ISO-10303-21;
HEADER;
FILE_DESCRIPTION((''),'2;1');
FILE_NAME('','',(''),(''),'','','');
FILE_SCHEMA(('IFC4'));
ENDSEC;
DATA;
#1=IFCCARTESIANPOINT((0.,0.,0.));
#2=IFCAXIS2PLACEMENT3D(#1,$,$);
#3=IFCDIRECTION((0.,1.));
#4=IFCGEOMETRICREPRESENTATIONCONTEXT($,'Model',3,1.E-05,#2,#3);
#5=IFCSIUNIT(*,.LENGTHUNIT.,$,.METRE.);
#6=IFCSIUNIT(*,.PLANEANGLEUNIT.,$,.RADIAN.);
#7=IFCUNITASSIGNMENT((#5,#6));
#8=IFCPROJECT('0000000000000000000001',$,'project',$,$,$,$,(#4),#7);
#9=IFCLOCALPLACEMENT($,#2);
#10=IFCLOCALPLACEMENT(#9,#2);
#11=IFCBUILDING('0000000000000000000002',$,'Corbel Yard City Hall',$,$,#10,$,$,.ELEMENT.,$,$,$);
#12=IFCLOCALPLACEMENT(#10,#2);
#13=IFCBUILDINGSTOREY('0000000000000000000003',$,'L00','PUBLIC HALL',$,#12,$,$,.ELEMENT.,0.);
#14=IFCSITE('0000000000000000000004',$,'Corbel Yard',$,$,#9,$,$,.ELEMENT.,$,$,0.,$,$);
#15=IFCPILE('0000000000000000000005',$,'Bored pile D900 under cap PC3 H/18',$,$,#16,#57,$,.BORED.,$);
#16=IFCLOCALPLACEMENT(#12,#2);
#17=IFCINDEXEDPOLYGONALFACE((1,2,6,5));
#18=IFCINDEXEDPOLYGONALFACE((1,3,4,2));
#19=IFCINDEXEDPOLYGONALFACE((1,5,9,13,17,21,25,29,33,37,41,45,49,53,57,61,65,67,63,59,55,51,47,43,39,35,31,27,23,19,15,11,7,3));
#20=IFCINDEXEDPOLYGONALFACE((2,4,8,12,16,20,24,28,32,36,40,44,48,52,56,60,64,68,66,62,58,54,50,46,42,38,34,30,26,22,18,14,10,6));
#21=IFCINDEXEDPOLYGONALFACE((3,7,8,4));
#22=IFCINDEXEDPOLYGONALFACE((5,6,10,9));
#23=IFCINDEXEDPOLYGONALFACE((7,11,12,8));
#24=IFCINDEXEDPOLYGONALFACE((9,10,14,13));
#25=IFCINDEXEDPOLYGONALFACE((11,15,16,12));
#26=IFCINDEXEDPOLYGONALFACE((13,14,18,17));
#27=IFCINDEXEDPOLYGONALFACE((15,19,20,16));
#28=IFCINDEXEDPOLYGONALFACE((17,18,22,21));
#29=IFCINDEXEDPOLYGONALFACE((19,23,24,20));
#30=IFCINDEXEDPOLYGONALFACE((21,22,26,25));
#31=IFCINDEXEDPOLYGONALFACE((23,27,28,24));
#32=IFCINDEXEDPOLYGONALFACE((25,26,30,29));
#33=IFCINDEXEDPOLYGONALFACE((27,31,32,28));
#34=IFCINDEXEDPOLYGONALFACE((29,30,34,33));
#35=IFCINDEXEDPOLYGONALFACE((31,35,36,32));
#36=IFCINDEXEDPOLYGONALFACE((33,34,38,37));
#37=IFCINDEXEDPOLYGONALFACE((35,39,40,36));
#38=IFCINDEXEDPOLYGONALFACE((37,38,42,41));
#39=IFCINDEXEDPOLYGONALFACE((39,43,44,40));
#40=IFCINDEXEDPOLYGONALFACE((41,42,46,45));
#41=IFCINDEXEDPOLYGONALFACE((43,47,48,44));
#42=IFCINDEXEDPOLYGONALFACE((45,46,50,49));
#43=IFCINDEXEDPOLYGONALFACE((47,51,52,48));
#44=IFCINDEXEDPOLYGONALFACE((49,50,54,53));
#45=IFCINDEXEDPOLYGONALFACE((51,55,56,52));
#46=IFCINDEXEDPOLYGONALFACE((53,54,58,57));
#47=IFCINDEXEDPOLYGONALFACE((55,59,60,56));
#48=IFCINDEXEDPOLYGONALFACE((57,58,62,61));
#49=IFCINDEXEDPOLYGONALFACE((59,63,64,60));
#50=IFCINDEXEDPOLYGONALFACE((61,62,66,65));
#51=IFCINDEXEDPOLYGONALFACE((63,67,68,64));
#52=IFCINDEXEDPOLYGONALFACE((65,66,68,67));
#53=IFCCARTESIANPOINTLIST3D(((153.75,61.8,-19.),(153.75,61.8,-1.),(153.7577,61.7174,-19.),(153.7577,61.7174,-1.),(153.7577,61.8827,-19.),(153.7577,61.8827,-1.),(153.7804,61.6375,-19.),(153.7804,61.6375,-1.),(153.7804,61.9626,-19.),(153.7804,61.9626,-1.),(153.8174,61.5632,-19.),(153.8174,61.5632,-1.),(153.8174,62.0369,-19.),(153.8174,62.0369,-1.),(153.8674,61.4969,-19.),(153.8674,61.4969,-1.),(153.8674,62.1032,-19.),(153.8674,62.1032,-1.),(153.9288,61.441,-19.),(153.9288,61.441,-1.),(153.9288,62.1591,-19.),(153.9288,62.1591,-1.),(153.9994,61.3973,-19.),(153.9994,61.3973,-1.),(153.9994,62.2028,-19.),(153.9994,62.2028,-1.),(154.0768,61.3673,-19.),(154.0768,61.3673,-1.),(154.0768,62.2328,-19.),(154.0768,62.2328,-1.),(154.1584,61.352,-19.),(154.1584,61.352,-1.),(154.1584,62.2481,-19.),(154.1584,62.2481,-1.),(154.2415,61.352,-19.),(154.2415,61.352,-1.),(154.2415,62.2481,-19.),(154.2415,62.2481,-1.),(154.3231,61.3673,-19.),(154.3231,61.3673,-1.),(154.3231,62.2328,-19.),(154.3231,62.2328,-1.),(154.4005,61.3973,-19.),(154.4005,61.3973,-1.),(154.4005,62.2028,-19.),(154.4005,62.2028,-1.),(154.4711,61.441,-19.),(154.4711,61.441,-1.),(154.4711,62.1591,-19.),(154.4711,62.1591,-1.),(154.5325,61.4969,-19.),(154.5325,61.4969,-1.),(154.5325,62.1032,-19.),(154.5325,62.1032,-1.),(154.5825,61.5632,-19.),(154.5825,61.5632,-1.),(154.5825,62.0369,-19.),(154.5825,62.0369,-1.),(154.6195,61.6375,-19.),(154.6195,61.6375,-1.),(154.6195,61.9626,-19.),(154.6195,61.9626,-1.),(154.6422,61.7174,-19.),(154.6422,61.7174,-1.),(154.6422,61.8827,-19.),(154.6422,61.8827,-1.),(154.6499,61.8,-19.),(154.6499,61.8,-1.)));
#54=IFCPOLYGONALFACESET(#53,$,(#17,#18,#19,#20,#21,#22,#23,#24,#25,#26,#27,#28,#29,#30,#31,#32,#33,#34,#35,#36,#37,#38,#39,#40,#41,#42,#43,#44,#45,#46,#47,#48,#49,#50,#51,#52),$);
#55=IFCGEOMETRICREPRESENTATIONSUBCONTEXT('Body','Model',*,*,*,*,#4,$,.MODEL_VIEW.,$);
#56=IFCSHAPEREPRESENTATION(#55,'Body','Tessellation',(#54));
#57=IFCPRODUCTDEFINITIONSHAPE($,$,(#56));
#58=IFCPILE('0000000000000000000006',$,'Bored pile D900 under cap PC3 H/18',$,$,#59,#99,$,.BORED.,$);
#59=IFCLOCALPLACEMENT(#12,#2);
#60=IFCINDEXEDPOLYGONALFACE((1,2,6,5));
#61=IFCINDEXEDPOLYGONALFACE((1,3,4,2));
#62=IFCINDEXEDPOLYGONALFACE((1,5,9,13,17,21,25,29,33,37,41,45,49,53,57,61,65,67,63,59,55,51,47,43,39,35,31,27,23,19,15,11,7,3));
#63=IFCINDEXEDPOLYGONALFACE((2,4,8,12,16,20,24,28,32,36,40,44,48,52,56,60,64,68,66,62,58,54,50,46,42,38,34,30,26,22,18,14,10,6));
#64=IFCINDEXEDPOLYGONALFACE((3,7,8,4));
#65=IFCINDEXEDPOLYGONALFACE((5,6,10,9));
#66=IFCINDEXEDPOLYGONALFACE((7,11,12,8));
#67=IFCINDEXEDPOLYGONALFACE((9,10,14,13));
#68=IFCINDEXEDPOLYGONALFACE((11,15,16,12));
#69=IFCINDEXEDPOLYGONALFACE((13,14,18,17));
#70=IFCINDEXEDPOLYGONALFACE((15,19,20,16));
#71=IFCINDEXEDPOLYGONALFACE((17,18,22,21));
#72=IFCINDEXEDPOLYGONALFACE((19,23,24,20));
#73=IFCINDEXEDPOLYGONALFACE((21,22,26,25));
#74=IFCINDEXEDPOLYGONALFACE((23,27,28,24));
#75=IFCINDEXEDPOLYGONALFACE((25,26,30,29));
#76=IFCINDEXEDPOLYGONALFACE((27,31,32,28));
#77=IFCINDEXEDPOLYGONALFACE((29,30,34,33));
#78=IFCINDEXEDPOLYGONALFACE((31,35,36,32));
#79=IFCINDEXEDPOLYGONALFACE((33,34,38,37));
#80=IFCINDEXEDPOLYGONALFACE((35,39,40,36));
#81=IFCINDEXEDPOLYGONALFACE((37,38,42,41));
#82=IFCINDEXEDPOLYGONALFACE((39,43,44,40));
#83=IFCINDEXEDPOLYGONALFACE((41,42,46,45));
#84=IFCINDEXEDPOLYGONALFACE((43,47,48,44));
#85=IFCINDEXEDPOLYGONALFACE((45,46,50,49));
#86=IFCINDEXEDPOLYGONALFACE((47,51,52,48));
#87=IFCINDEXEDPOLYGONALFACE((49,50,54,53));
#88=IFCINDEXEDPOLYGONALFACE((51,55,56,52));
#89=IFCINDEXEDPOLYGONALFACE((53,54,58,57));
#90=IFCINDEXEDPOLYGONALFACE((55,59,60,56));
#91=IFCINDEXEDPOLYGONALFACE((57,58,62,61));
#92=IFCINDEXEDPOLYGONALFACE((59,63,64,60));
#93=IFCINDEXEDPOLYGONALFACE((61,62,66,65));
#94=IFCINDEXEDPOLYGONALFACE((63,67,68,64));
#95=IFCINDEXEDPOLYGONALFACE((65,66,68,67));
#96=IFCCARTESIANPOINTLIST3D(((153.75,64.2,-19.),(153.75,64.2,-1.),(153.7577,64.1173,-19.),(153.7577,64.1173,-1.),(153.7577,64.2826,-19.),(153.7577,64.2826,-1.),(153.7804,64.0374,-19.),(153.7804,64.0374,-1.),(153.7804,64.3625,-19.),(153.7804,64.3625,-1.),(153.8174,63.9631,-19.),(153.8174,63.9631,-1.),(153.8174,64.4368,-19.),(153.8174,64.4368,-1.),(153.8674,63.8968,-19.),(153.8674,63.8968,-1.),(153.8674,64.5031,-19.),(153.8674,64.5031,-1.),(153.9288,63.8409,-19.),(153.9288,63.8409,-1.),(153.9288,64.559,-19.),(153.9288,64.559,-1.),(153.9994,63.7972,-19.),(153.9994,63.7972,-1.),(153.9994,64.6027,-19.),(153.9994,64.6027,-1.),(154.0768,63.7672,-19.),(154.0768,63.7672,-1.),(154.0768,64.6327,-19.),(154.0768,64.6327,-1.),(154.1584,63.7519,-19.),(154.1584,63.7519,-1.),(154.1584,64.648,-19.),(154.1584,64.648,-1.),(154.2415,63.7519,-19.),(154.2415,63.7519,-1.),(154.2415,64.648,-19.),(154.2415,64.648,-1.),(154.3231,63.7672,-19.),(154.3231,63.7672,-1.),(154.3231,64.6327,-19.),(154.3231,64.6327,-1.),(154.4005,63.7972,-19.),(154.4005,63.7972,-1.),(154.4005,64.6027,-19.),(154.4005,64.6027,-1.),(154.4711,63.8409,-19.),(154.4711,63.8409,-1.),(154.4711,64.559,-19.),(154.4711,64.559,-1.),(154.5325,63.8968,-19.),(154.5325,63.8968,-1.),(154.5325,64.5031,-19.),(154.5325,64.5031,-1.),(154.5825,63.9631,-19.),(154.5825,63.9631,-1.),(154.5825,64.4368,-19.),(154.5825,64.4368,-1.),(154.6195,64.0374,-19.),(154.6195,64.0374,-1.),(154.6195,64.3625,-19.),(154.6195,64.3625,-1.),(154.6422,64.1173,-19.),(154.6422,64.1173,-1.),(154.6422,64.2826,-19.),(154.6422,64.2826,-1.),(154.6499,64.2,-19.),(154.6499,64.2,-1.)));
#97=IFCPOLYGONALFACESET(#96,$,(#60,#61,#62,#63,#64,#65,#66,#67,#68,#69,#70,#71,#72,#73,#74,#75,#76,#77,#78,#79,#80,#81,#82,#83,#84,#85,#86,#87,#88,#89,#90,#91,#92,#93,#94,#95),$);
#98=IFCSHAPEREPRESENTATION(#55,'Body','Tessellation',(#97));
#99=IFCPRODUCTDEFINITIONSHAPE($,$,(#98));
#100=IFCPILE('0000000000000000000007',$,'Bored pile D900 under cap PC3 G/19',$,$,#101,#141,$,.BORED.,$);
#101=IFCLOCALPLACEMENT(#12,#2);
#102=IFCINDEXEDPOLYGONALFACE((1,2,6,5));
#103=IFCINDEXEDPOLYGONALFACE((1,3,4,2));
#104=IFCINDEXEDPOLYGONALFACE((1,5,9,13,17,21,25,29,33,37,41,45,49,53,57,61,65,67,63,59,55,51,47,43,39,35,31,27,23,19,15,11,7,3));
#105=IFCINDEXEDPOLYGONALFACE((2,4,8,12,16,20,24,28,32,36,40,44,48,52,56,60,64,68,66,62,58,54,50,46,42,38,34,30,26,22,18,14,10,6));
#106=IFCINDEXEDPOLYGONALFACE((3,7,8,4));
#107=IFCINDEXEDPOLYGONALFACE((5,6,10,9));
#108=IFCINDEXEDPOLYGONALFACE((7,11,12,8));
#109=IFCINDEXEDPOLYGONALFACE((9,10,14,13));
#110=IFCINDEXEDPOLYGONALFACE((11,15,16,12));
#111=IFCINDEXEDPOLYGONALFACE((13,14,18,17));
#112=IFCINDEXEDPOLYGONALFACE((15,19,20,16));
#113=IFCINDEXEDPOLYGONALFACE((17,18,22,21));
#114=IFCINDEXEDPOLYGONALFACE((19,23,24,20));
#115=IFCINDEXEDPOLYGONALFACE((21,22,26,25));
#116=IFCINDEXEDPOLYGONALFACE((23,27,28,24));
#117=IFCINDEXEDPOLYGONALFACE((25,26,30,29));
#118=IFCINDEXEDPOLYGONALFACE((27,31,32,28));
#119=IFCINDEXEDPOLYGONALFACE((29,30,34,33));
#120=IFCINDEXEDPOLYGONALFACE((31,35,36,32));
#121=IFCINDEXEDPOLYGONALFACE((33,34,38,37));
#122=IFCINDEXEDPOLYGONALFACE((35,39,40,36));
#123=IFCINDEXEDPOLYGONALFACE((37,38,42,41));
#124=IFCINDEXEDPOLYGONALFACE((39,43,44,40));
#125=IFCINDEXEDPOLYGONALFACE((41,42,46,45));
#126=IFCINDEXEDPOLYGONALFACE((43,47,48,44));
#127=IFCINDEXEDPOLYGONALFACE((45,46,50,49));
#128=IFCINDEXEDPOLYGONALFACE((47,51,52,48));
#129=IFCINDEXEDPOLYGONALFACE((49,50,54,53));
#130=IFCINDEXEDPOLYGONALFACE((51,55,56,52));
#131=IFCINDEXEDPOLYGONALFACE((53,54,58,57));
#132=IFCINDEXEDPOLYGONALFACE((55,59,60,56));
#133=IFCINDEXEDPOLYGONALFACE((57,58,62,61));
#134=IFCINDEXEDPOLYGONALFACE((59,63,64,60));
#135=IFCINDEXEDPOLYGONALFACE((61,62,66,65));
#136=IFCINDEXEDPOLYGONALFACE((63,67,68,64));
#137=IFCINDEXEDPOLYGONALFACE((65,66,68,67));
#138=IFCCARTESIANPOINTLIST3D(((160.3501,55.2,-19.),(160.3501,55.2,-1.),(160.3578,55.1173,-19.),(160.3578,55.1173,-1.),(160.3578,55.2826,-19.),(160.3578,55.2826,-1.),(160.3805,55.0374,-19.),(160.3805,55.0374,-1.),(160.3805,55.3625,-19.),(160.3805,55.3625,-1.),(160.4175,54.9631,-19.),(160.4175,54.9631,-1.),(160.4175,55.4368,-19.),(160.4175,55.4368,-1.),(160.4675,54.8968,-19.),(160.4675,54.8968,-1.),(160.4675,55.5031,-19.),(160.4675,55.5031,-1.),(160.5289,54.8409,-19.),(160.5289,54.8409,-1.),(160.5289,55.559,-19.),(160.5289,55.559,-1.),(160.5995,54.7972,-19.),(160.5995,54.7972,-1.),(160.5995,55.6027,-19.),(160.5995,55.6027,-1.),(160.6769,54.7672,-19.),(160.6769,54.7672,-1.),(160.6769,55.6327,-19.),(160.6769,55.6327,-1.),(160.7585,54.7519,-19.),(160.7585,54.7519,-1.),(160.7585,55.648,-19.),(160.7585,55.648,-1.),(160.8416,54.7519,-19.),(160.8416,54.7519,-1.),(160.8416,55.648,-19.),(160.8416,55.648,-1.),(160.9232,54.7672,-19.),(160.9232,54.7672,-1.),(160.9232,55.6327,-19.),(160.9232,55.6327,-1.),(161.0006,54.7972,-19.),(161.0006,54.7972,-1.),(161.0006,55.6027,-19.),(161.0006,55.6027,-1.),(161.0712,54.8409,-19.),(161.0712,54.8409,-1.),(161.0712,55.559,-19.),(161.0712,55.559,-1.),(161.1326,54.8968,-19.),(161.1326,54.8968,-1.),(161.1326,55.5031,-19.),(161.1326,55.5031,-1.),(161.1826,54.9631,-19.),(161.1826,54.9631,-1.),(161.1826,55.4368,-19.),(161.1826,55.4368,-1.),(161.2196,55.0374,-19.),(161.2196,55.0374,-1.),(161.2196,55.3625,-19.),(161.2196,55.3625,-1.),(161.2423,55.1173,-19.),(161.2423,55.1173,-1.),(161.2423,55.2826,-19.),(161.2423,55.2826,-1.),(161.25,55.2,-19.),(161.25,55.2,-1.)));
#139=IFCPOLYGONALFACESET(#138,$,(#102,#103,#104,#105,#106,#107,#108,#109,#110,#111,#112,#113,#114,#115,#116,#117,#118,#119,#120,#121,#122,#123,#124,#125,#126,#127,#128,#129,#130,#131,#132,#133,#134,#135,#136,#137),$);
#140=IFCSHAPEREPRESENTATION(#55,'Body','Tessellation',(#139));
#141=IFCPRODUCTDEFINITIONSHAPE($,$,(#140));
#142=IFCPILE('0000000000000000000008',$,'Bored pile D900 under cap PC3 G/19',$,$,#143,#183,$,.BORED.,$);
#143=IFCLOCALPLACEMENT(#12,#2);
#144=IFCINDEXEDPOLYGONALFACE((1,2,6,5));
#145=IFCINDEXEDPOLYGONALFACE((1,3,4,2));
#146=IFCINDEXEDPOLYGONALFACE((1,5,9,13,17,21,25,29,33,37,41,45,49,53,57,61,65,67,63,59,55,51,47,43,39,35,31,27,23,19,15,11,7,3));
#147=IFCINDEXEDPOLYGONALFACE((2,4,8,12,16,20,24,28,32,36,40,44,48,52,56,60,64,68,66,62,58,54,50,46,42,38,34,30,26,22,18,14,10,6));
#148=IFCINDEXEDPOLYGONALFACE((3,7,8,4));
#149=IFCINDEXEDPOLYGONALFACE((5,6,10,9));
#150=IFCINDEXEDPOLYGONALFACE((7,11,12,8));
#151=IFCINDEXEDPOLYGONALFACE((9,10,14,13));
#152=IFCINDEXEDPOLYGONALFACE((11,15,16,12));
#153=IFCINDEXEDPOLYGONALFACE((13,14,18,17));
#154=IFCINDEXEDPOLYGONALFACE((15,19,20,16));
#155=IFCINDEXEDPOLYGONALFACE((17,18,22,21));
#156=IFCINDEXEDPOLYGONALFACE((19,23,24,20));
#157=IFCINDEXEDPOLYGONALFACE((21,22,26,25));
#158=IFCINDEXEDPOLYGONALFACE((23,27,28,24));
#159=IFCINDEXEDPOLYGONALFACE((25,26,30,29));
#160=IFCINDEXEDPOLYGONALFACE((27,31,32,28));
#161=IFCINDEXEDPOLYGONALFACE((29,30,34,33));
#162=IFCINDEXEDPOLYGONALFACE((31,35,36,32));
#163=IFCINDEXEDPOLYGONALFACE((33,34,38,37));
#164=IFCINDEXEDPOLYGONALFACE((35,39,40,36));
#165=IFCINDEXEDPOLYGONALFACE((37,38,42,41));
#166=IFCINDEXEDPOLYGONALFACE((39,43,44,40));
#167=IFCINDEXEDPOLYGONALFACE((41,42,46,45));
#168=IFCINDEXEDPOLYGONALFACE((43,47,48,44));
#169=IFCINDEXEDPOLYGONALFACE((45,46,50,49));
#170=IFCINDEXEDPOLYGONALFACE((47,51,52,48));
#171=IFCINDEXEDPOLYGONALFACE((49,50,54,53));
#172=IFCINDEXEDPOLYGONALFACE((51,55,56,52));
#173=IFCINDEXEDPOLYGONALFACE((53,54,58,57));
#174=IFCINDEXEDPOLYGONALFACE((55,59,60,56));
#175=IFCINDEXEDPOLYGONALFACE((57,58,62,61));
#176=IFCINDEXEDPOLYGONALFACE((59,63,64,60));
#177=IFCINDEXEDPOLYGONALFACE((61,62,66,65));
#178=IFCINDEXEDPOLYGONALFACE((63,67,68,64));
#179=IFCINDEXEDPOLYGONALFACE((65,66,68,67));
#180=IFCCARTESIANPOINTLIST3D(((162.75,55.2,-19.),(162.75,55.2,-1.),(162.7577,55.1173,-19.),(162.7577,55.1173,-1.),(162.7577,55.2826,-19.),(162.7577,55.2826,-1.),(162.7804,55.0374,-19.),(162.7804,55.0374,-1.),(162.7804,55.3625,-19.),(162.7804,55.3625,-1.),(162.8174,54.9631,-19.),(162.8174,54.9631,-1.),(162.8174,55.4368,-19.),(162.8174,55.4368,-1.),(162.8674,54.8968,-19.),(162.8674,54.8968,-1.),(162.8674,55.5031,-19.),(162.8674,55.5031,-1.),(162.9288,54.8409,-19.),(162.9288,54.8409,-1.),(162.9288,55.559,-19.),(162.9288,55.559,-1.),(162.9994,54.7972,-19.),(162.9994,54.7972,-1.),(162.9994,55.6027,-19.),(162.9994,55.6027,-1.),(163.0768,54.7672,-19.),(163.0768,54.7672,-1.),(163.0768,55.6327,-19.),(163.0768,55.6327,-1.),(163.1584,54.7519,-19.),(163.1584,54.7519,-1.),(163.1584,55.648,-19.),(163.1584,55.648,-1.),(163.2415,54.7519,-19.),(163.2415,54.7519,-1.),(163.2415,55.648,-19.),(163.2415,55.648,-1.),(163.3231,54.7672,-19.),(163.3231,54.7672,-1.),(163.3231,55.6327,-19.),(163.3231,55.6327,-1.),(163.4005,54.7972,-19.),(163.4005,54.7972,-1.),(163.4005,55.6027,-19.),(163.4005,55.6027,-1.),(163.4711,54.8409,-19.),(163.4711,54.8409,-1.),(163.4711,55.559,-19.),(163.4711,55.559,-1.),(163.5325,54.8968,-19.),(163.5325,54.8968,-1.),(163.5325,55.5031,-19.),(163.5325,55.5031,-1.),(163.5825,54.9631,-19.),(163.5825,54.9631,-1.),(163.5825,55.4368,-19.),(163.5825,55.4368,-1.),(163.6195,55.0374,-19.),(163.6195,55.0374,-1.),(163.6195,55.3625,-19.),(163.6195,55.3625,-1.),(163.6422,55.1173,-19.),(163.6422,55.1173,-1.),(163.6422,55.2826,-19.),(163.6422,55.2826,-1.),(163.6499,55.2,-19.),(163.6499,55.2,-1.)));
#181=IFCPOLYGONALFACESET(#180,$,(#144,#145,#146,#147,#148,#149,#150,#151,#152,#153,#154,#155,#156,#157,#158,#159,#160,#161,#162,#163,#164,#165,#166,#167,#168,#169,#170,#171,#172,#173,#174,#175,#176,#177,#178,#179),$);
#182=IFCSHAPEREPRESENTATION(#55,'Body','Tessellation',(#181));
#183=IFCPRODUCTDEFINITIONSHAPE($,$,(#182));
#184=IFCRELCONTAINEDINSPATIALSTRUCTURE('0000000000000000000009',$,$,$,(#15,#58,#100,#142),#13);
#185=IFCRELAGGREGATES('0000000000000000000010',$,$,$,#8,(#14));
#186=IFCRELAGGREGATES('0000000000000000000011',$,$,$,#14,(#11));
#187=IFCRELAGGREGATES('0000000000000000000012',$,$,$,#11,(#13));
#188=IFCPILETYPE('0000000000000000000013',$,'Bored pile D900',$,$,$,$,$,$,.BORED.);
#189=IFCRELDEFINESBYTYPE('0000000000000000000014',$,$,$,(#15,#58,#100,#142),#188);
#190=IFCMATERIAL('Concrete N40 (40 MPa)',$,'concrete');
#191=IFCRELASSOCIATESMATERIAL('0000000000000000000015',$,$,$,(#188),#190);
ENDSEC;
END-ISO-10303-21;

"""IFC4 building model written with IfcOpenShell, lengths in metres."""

from ifc_helpers import new_model, si_unit, direction, frame, origin, origin_2d, place, context, subcontext, project, spatial, circle, extrude, material, material_profile, profile_set, type_object, element, save


model = new_model("IFC4")

# Units and contexts
model_context = context("Model", 3, precision=1e-05, world=origin(), true_north=direction((0.0, 1.0)))
body_context = subcontext(model_context, "Body", "Model", "MODEL_VIEW")
ifc_project = project(units=[si_unit("LENGTHUNIT", "METRE"), si_unit("PLANEANGLEUNIT", "RADIAN")], contexts=[model_context])

# Site, building, storey
site_placement = place(None, origin())
site = spatial("IfcSite", under=ifc_project, at=site_placement, Name="Corbel Yard", CompositionType="ELEMENT", RefElevation=0.0)
building_placement = place(site_placement, origin())
building = spatial("IfcBuilding", under=site, at=building_placement, Name="Corbel Yard City Hall", CompositionType="ELEMENT")
storey_placement = place(building_placement, origin())
storey = spatial("IfcBuildingStorey", under=building, at=storey_placement, Name="L00", Description="PUBLIC HALL", CompositionType="ELEMENT", Elevation=0.0)

# Piles
ifc_material_1 = material(Name="Concrete N40 (40 MPa)", Category="concrete")
ifc_material_profile_1 = material_profile(ifc_material_1, circle(Radius=0.45, at=origin_2d()), Name="D900")
ifc_profile_set_1 = profile_set([ifc_material_profile_1], Name="Concrete N40 (40 MPa)")
pile_type = type_object("IfcPileType", Name="Bored pile D900", PredefinedType="BORED", material=ifc_profile_set_1)
for number, where, z_axis, x_axis, name in (
    (1, (154.2, 61.8, -1.0), (0.0, 0.0, -1.0), (1.0, 0.0, 0.0), "Bored pile D900 under cap PC3 H/18"),
    (2, (154.2, 64.2, -1.0), (0.0, 0.0, -1.0), (1.0, 0.0, 0.0), "Bored pile D900 under cap PC3 H/18"),
    (3, (160.8, 55.2, -1.0), (0.0, 0.0, -1.0), (1.0, 0.0, 0.0), "Bored pile D900 under cap PC3 G/19"),
    (4, (163.2, 55.2, -1.0), (0.0, 0.0, -1.0), (1.0, 0.0, 0.0), "Bored pile D900 under cap PC3 G/19"),
):
    element("IfcPile", number, at=place(storey_placement, frame(where, z_axis=z_axis, x_axis=x_axis)), inside=storey, type_object=pile_type, Name=name, PredefinedType="BORED", context=body_context, shape_type="SweptSolid", body=[
        extrude(circle(Radius=0.45, at=origin_2d()), origin(), (0.0, 0.0, 1.0), 18.0),
    ])

save(model, "model.ifc")
